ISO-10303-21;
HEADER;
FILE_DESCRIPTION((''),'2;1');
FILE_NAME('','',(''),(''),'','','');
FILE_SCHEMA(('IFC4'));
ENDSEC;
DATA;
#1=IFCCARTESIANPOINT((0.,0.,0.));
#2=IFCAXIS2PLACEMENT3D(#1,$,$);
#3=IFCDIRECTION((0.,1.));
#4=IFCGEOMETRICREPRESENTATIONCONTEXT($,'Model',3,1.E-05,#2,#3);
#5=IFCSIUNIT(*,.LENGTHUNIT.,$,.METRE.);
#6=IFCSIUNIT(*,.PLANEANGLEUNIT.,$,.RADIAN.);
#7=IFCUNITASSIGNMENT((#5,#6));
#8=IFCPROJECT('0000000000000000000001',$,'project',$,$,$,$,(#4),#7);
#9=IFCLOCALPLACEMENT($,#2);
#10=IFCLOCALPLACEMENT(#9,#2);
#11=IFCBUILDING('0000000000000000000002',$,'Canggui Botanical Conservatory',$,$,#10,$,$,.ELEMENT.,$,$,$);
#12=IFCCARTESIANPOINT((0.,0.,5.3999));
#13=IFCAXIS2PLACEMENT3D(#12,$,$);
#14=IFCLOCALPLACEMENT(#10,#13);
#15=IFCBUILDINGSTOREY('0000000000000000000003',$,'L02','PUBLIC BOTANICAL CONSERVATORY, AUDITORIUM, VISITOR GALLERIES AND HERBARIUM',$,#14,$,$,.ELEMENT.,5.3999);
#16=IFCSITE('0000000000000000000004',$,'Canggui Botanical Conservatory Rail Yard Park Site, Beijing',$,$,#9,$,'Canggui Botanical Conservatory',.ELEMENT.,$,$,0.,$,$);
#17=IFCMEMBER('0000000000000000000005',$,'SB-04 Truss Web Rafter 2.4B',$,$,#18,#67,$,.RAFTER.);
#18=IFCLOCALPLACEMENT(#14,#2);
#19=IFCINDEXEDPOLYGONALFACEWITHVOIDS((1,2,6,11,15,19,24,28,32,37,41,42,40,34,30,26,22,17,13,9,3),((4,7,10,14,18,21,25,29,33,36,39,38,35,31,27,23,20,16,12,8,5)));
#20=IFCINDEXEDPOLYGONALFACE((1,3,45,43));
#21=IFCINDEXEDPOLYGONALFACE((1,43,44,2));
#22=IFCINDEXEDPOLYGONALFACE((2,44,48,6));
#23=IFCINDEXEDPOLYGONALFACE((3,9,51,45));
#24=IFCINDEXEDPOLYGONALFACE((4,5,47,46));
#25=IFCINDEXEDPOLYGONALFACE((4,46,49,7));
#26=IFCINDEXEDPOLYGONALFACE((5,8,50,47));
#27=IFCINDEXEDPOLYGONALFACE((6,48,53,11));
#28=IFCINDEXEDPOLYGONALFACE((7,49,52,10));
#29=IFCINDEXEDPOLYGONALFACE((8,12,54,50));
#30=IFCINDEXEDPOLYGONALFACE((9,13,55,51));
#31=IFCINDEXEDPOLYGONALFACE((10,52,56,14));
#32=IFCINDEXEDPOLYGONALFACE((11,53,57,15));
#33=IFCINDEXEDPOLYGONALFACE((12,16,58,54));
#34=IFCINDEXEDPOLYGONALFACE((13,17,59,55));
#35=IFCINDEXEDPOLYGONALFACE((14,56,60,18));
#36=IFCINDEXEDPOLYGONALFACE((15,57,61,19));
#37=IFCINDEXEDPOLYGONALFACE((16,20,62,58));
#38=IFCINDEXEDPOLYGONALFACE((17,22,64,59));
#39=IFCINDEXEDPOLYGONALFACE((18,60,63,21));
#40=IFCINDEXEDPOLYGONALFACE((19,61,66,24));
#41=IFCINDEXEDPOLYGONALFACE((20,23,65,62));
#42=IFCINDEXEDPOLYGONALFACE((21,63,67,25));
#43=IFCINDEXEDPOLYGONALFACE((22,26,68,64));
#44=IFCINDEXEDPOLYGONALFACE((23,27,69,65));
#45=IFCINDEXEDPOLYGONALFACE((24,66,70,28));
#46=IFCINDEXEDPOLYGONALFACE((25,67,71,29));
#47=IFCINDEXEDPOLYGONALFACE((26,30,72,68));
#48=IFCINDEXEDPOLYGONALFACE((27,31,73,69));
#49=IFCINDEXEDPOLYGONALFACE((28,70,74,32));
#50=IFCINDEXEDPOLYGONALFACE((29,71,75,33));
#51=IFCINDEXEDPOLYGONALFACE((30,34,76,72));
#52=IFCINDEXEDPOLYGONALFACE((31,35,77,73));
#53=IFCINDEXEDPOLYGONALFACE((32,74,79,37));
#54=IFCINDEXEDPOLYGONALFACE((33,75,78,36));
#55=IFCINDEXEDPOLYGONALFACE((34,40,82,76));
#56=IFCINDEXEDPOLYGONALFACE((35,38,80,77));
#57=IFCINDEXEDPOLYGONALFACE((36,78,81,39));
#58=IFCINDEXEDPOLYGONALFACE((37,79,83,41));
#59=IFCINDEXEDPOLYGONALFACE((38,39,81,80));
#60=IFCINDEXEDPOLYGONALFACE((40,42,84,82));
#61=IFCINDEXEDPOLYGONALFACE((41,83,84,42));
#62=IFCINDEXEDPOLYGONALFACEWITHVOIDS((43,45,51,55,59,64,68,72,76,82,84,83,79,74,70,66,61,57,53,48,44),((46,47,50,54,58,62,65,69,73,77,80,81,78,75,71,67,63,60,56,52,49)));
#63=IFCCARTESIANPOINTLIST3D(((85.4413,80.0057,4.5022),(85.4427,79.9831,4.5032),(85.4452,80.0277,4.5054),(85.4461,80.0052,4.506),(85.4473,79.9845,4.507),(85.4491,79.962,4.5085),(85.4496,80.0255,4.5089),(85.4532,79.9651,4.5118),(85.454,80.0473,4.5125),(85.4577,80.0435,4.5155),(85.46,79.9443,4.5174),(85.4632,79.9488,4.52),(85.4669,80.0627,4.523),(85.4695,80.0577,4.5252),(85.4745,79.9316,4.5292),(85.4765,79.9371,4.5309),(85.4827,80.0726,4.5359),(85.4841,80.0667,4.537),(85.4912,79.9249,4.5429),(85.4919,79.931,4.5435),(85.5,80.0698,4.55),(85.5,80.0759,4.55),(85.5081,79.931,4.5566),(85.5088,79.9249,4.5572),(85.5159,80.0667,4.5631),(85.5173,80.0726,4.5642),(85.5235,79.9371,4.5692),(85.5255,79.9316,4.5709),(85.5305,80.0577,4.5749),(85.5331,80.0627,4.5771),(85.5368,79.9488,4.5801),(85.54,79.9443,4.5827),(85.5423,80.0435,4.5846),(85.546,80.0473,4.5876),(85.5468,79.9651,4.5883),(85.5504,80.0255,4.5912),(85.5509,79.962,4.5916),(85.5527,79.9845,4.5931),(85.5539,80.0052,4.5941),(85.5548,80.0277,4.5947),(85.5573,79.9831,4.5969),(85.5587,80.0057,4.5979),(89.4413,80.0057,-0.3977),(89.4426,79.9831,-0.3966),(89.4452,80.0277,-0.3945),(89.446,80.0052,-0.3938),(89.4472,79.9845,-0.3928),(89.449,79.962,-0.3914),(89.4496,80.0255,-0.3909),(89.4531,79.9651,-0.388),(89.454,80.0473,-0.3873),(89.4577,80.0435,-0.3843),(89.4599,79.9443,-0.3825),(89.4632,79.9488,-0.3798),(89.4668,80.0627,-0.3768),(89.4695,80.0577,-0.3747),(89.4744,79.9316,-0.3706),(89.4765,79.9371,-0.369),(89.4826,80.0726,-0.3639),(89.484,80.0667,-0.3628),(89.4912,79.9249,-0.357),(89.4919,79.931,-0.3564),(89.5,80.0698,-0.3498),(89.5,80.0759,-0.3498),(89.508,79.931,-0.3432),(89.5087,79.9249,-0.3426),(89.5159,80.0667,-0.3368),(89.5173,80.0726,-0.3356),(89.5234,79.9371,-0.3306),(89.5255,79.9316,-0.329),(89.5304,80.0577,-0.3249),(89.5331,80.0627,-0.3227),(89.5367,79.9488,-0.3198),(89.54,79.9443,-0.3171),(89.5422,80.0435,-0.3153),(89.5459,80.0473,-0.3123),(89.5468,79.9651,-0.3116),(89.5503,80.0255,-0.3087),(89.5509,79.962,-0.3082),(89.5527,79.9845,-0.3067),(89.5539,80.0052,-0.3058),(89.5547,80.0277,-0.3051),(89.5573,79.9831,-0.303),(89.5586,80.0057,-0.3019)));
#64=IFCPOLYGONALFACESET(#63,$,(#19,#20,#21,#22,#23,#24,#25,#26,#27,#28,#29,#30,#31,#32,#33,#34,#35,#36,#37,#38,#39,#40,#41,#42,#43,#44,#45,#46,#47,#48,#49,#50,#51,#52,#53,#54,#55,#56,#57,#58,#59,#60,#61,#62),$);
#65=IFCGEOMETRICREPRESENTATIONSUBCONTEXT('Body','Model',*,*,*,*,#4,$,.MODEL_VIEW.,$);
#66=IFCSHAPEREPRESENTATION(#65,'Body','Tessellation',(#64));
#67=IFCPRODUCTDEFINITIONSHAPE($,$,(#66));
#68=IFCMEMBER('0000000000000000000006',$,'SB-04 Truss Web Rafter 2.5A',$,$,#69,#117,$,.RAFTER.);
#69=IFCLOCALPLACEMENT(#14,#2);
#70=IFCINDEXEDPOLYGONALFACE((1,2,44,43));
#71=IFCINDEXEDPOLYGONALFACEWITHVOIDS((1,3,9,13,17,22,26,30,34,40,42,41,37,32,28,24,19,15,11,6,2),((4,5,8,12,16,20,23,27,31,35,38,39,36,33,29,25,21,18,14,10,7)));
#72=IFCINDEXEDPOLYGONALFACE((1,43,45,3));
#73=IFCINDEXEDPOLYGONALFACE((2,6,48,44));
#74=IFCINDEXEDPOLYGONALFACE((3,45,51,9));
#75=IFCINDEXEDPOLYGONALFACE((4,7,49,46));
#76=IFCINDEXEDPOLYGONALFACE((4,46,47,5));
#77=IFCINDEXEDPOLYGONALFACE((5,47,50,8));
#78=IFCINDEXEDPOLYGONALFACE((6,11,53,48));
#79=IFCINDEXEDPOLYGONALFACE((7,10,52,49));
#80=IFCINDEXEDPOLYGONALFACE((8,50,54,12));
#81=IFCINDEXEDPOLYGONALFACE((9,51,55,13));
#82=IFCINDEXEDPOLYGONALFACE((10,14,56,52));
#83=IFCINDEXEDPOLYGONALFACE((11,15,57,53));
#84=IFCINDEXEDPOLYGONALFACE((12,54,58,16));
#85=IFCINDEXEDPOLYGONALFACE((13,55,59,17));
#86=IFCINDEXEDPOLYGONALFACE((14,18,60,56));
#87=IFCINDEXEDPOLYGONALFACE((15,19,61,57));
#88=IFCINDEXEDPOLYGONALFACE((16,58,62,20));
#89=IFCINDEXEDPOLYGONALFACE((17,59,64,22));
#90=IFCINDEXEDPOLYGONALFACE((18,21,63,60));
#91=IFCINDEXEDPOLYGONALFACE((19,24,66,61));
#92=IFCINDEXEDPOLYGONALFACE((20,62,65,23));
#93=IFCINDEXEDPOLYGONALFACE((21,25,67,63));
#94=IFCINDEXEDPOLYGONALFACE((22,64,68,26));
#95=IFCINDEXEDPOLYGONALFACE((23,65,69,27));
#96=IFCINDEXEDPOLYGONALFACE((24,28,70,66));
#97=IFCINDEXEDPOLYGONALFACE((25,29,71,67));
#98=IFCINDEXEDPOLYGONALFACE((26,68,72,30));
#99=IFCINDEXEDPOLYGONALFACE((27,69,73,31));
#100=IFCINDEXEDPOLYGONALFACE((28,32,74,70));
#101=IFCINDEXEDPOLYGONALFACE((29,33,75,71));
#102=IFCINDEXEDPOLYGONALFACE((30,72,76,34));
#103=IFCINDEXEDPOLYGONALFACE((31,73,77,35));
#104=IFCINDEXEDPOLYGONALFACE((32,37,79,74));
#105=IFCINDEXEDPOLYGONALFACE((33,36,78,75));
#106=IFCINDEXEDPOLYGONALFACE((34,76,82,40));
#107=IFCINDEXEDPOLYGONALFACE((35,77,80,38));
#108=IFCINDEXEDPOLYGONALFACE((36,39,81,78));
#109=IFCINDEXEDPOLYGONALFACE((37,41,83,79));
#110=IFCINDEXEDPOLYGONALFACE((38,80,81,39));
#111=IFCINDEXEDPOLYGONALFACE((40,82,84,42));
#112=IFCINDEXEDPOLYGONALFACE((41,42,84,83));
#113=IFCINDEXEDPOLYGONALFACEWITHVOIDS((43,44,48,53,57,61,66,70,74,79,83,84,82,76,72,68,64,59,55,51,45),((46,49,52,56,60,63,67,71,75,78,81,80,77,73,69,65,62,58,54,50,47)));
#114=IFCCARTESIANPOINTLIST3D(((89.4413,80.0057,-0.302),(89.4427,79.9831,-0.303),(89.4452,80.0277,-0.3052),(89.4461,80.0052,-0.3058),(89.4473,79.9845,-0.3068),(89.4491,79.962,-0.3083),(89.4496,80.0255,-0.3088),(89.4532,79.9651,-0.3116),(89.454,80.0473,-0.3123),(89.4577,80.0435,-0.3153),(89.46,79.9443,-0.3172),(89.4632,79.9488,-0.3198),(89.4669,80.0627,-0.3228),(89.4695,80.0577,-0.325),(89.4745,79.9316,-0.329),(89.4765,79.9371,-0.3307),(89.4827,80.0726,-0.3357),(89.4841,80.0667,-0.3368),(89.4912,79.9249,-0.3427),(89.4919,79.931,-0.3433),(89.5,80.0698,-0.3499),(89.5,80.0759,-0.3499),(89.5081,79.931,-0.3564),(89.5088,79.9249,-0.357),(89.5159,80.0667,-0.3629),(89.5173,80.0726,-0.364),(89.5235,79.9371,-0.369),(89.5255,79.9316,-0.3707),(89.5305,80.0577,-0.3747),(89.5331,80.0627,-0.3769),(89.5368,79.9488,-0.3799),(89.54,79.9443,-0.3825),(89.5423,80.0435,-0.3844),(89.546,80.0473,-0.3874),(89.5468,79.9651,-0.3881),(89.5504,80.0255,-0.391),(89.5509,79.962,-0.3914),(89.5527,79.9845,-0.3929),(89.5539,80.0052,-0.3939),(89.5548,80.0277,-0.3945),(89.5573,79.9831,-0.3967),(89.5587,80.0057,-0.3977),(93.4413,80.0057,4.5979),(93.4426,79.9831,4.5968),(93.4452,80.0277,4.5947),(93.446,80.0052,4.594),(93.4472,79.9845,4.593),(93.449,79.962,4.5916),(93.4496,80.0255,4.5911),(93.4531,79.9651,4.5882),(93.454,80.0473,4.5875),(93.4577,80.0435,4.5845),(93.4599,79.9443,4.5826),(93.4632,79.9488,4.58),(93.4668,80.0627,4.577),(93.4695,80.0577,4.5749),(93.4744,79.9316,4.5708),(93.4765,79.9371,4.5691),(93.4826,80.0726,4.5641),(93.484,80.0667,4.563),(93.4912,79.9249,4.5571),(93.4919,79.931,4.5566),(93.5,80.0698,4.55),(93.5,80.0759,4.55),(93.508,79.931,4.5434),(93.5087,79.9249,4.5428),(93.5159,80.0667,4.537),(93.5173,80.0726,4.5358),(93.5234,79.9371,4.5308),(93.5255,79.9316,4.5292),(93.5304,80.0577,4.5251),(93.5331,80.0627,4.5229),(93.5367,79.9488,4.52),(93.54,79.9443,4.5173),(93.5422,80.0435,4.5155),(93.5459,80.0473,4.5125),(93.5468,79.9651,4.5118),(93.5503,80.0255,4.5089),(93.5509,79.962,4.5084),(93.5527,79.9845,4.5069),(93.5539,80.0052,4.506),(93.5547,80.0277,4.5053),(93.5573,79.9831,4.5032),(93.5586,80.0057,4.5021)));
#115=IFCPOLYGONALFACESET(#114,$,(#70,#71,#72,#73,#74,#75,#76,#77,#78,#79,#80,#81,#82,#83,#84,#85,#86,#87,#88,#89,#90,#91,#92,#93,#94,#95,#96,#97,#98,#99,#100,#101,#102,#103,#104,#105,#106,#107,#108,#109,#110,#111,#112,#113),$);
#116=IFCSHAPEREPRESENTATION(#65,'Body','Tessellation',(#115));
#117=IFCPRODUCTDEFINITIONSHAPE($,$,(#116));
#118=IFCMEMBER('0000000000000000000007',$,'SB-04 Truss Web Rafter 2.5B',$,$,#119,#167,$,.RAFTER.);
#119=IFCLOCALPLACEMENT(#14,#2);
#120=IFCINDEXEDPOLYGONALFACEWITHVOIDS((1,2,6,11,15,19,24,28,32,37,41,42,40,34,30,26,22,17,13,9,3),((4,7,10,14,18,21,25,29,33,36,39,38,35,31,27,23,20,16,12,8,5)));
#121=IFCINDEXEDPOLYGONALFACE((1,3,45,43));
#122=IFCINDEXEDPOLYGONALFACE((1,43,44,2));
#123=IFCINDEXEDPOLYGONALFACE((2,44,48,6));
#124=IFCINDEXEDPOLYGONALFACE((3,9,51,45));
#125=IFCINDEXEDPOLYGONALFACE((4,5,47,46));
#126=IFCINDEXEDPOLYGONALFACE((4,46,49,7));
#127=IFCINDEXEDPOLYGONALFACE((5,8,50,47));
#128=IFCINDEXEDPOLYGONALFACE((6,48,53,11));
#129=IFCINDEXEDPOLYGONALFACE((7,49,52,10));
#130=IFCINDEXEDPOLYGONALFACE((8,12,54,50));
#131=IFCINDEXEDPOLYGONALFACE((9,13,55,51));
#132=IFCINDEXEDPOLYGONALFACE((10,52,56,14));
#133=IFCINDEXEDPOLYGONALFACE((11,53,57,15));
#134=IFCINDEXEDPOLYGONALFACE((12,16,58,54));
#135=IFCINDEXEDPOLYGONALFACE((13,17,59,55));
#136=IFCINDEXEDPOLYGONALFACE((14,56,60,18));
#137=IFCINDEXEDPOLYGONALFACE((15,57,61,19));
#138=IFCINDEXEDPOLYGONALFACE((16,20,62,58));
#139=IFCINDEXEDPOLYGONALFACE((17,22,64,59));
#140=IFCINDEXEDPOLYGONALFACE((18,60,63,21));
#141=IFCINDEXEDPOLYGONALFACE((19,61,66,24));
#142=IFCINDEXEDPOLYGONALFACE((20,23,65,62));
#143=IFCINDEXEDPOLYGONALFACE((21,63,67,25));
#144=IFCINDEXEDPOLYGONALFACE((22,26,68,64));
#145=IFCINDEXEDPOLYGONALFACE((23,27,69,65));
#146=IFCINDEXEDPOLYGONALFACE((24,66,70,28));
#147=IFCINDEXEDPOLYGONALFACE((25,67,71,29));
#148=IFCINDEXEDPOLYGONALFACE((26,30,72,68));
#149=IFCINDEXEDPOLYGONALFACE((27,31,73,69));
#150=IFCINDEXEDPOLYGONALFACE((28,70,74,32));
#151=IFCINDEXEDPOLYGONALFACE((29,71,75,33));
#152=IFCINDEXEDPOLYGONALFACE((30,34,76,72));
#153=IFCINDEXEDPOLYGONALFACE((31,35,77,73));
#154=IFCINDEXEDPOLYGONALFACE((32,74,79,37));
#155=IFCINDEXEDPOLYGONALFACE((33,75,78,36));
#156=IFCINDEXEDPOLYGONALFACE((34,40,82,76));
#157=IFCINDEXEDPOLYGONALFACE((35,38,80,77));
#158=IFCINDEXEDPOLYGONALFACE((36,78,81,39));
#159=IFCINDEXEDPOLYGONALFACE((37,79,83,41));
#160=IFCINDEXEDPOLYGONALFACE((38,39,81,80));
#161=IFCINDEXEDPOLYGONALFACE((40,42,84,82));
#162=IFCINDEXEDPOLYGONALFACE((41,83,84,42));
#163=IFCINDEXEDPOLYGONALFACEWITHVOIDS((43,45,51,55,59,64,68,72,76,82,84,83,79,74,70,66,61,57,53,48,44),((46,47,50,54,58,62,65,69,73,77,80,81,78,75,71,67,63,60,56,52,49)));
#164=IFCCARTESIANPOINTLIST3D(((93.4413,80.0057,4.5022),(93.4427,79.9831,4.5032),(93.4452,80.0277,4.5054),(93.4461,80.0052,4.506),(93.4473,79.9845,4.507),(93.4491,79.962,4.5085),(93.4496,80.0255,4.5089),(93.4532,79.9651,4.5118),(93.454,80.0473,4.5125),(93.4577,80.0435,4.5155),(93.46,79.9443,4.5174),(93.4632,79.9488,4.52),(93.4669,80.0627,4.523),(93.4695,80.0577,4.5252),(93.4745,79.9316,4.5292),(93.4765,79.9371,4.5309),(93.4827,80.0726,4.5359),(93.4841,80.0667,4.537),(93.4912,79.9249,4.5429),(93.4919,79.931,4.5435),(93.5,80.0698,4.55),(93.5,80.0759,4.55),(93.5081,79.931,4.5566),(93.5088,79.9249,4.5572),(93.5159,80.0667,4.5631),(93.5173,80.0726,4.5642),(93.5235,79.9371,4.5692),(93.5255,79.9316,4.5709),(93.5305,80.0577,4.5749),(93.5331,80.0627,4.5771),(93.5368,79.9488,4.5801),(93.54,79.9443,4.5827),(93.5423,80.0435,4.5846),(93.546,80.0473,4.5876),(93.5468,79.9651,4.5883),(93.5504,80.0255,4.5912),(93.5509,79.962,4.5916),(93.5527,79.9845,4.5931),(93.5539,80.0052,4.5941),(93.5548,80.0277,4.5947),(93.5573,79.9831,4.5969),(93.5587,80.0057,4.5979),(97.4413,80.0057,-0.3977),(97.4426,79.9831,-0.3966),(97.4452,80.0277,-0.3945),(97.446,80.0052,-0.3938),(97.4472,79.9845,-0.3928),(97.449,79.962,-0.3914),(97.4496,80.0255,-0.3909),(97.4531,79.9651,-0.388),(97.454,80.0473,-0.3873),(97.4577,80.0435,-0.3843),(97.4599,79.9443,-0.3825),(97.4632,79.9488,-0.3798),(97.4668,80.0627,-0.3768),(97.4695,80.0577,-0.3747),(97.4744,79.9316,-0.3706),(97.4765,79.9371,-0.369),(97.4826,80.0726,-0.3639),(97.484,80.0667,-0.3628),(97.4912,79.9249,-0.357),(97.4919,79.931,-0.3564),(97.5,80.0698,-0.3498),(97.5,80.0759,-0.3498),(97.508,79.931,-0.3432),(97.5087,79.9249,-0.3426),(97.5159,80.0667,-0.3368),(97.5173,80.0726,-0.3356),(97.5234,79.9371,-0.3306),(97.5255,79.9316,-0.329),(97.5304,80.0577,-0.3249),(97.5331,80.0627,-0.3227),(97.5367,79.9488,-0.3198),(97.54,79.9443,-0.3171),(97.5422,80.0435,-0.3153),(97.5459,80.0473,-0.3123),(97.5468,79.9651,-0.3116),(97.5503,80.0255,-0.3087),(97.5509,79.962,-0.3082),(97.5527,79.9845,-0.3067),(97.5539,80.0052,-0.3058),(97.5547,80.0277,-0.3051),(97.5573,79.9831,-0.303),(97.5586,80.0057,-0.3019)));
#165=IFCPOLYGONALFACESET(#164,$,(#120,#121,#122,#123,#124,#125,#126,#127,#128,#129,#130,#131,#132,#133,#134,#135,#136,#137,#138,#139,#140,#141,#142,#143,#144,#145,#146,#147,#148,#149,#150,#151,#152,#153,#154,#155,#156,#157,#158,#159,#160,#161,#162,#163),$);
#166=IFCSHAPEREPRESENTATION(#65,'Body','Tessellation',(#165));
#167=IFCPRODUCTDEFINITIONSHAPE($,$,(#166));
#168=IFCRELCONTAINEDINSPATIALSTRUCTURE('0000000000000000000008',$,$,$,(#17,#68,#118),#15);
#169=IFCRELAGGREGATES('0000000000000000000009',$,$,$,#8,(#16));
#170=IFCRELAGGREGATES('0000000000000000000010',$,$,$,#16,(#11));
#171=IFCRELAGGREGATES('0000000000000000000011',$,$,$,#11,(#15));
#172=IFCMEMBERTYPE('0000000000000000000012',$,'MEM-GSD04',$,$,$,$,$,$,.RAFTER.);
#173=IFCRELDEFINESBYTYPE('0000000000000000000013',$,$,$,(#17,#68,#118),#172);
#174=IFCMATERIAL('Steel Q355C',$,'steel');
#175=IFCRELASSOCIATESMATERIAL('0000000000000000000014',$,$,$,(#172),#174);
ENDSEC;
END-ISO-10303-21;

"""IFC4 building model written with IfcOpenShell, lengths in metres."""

from ifc_helpers import new_model, si_unit, direction, frame, origin, origin_2d, place, context, subcontext, project, spatial, hollow_circle, extrude, material, material_profile, profile_set, type_object, element, save


model = new_model("IFC4")

# Units and contexts
model_context = context("Model", 3, precision=1e-05, world=origin(), true_north=direction((0.0, 1.0)))
body_context = subcontext(model_context, "Body", "Model", "MODEL_VIEW")
ifc_project = project(units=[si_unit("LENGTHUNIT", "METRE"), si_unit("PLANEANGLEUNIT", "RADIAN")], contexts=[model_context])

# Site, building, storey
site_placement = place(None, origin())
site = spatial("IfcSite", under=ifc_project, at=site_placement, Name="Canggui Botanical Conservatory Rail Yard Park Site, Beijing", LongName="Canggui Botanical Conservatory", CompositionType="ELEMENT", RefElevation=0.0)
building_placement = place(site_placement, origin())
building = spatial("IfcBuilding", under=site, at=building_placement, Name="Canggui Botanical Conservatory", CompositionType="ELEMENT")
storey_placement = place(building_placement, frame((0.0, 0.0, 5.3999)))
storey = spatial("IfcBuildingStorey", under=building, at=storey_placement, Name="L02", Description="PUBLIC BOTANICAL CONSERVATORY, AUDITORIUM, VISITOR GALLERIES AND HERBARIUM", CompositionType="ELEMENT", Elevation=5.3999)

# Members
ifc_material_1 = material(Name="Steel Q355C", Category="steel")
ifc_material_profile_1 = material_profile(ifc_material_1, hollow_circle(Radius=0.0759, WallThickness=0.0061, at=origin_2d()), Name="CHS 152x6")
ifc_profile_set_1 = profile_set([ifc_material_profile_1], Name="Steel Q355C")
member_type_1 = type_object("IfcMemberType", Name="MEM-GSD04", PredefinedType="RAFTER", material=ifc_profile_set_1)
for number, where, z_axis, x_axis, name in (
    (1, (85.5, 80.0, 4.55), (0.632384, 0.0, -0.774655), (0.0, 1.0, 0.0), "SB-04 Truss Web Rafter 2.4B"),
    (2, (89.5, 80.0, -0.3499), (0.632384, 0.0, 0.774655), (0.0, 1.0, 0.0), "SB-04 Truss Web Rafter 2.5A"),
    (3, (93.5, 80.0, 4.55), (0.632384, 0.0, -0.774655), (0.0, 1.0, 0.0), "SB-04 Truss Web Rafter 2.5B"),
):
    element("IfcMember", number, at=place(storey_placement, frame(where, z_axis=z_axis, x_axis=x_axis)), inside=storey, type_object=member_type_1, Name=name, PredefinedType="RAFTER", context=body_context, shape_type="SweptSolid", body=[
        extrude(hollow_circle(Radius=0.0759, WallThickness=0.0061, at=origin_2d()), origin(), (0.0, 0.0, 1.0), 6.3252),
    ])

save(model, "model.ifc")
